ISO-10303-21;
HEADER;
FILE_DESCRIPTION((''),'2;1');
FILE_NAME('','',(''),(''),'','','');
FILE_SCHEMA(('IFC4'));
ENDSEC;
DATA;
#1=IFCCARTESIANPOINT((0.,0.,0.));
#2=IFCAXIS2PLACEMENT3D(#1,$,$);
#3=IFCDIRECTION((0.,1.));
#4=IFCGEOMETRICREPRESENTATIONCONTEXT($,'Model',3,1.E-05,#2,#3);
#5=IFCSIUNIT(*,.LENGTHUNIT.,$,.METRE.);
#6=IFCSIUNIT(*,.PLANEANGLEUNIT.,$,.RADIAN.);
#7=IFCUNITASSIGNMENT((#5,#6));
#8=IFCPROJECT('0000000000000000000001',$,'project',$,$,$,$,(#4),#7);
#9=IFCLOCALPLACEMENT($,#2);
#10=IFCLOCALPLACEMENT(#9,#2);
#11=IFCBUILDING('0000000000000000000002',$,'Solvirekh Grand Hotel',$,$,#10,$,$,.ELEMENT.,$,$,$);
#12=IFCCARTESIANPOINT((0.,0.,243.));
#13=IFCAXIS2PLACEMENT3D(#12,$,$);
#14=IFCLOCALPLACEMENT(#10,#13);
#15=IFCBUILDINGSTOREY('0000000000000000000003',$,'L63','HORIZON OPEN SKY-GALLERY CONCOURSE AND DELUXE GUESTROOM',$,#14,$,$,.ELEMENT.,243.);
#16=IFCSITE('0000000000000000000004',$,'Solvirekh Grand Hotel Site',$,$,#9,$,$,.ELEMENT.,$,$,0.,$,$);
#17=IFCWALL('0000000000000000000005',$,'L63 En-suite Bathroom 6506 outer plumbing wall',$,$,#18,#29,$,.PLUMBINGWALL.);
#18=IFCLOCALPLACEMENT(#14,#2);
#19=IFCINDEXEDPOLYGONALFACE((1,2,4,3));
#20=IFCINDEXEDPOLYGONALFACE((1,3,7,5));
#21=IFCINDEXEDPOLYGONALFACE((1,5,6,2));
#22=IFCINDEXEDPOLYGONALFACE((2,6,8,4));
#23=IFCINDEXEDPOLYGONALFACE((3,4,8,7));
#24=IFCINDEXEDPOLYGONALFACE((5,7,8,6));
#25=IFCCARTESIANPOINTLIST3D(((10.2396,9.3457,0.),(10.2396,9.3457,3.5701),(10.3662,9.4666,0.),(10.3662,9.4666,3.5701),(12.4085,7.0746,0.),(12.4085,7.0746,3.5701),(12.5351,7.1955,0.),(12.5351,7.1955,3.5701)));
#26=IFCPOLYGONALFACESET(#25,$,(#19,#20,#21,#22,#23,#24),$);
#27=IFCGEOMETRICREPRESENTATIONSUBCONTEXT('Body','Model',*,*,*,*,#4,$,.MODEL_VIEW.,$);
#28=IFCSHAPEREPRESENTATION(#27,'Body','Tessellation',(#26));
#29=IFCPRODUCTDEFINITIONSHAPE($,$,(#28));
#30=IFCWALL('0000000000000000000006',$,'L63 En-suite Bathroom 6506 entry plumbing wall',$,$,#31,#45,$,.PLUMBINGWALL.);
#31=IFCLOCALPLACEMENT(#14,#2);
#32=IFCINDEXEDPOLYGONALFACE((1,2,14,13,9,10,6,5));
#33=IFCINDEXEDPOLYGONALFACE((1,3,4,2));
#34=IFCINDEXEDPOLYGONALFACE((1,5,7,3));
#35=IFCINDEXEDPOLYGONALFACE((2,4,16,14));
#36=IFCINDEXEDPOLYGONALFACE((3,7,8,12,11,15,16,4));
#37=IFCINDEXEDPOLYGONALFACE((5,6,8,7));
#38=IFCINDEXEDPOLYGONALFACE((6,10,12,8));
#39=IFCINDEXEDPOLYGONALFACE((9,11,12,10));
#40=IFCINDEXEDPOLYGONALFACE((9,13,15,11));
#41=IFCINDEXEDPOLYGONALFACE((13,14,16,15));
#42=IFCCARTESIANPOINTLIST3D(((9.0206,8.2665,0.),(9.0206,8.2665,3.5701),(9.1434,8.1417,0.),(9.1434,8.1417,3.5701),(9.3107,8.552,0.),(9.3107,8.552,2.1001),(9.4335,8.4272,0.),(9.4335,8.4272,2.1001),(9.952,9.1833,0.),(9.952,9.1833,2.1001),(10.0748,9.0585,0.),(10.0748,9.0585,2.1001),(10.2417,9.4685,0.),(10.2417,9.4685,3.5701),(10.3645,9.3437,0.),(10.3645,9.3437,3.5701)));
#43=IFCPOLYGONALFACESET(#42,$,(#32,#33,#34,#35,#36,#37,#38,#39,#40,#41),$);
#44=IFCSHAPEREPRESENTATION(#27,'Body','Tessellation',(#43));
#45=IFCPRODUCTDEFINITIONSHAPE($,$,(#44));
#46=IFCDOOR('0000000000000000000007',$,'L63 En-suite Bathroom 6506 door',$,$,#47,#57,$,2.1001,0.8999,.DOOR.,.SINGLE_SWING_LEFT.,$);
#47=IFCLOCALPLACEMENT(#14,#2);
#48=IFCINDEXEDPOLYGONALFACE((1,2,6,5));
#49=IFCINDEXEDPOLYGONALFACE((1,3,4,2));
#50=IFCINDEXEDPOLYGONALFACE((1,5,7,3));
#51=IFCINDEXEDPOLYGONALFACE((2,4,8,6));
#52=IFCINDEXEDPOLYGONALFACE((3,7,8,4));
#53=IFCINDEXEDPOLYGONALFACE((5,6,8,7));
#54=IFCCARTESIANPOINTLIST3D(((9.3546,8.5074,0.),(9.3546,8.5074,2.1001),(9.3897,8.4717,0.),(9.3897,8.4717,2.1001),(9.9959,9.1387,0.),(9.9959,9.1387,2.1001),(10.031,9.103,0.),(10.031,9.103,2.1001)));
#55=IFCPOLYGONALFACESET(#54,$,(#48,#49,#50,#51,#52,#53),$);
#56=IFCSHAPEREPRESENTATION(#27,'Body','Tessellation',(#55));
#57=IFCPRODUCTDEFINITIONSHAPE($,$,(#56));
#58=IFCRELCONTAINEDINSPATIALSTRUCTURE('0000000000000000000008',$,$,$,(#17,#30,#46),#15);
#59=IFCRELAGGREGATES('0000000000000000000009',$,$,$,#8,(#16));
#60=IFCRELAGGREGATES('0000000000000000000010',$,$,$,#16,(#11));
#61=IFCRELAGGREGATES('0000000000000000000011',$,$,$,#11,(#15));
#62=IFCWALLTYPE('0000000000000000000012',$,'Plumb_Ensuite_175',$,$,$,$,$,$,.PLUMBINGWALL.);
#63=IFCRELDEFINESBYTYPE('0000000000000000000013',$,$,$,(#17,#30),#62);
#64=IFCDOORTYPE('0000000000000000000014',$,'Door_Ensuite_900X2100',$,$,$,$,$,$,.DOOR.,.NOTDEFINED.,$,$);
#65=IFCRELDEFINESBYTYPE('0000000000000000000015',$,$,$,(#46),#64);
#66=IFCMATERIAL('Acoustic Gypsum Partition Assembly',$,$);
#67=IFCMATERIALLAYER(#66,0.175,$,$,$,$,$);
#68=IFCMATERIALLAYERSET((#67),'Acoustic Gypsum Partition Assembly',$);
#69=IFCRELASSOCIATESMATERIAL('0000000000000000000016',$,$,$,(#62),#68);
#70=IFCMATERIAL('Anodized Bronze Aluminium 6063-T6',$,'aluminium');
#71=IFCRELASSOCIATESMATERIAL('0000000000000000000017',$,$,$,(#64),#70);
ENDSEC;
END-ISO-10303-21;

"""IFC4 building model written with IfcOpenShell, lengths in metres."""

from ifc_helpers import new_model, si_unit, direction, frame, frame_2d, origin, place, context, subcontext, project, spatial, rectangle, extrude, material, layer, layer_set, type_object, element, fill, save


model = new_model("IFC4")

# Units and contexts
model_context = context("Model", 3, precision=1e-05, world=origin(), true_north=direction((0.0, 1.0)))
body_context = subcontext(model_context, "Body", "Model", "MODEL_VIEW")
ifc_project = project(units=[si_unit("LENGTHUNIT", "METRE"), si_unit("PLANEANGLEUNIT", "RADIAN")], contexts=[model_context])

# Site, building, storey
site_placement = place(None, origin())
site = spatial("IfcSite", under=ifc_project, at=site_placement, Name="Solvirekh Grand Hotel Site", CompositionType="ELEMENT", RefElevation=0.0)
building_placement = place(site_placement, origin())
building = spatial("IfcBuilding", under=site, at=building_placement, Name="Solvirekh Grand Hotel", CompositionType="ELEMENT")
storey_placement = place(building_placement, frame((0.0, 0.0, 243.0)))
storey = spatial("IfcBuildingStorey", under=building, at=storey_placement, Name="L63", Description="HORIZON OPEN SKY-GALLERY CONCOURSE AND DELUXE GUESTROOM", CompositionType="ELEMENT", Elevation=243.0)

# Shared definitions
ifc_material_1 = material(Name="Anodized Bronze Aluminium 6063-T6", Category="aluminium")

# Shared definitions
ifc_material_2 = material(Name="Acoustic Gypsum Partition Assembly")

# Wall
ifc_layer_1 = layer(ifc_material_2, 0.175)
ifc_layer_set_1 = layer_set([ifc_layer_1], Name="Acoustic Gypsum Partition Assembly")
wall_type_1 = type_object("IfcWallType", Name="Plumb_Ensuite_175", PredefinedType="PLUMBINGWALL", material=ifc_layer_set_1)
wall_1_placement = place(storey_placement, frame((12.4719, 7.135, 0.0), z_axis=(0.0, 0.0, 1.0), x_axis=(-0.690672, 0.723168, 0.0)))
element("IfcWall", 1, at=wall_1_placement, inside=storey, type_object=wall_type_1, Name="L63 En-suite Bathroom 6506 outer plumbing wall", PredefinedType="PLUMBINGWALL", context=body_context, shape_type="SweptSolid", body=[
    extrude(rectangle(XDim=3.1404, YDim=0.175, at=frame_2d((1.5703, 0.0))), origin(), (0.0, 0.0, 1.0), 3.5701),
])

# Wall, opening, door
wall_2_placement = place(storey_placement, frame((9.082, 8.2041, 0.0), z_axis=(0.0, 0.0, 1.0), x_axis=(0.712642, 0.701527, 0.0)))
wall_2 = element("IfcWall", 2, at=wall_2_placement, inside=storey, type_object=wall_type_1, Name="L63 En-suite Bathroom 6506 entry plumbing wall", PredefinedType="PLUMBINGWALL", context=body_context, shape_type="SweptSolid", body=[
    extrude(rectangle(XDim=1.7134, YDim=0.175, at=frame_2d((0.8567, 0.0))), origin(), (0.0, 0.0, 1.0), 3.5701),
])
opening_1_placement = place(wall_2_placement, frame((0.407, 0.0, 0.0)))
opening_1 = element("IfcOpeningElement", 3, at=opening_1_placement, cuts=wall_2, PredefinedType="OPENING", context=body_context, shape_type="SweptSolid", body=[
    extrude(rectangle(XDim=0.8999, YDim=2.1001, at=frame_2d((0.45, 1.05))), frame((0.0, 0.0977, 0.0), z_axis=(0.0, -1.0, 0.0), x_axis=(1.0, 0.0, 0.0)), (0.0, 0.0, 1.0), 0.1951),
])
door_type_1 = type_object("IfcDoorType", Name="Door_Ensuite_900X2100", OperationType="NOTDEFINED", PredefinedType="DOOR", material=ifc_material_1)
door_1_placement = place(opening_1_placement, origin())
door_1 = element("IfcDoor", 4, at=door_1_placement, inside=storey, type_object=door_type_1, Name="L63 En-suite Bathroom 6506 door", OperationType="SINGLE_SWING_LEFT", OverallHeight=2.1001, OverallWidth=0.8999, PredefinedType="DOOR", context=body_context, shape_type="SweptSolid", body=[
    extrude(rectangle(XDim=0.8999, YDim=2.1001, at=frame_2d((0.45, 1.05))), frame((0.0, 0.0249, 0.0), z_axis=(0.0, -1.0, 0.0), x_axis=(1.0, 0.0, 0.0)), (0.0, 0.0, 1.0), 0.05),
])
fill(opening_1, door_1)

save(model, "model.ifc")
